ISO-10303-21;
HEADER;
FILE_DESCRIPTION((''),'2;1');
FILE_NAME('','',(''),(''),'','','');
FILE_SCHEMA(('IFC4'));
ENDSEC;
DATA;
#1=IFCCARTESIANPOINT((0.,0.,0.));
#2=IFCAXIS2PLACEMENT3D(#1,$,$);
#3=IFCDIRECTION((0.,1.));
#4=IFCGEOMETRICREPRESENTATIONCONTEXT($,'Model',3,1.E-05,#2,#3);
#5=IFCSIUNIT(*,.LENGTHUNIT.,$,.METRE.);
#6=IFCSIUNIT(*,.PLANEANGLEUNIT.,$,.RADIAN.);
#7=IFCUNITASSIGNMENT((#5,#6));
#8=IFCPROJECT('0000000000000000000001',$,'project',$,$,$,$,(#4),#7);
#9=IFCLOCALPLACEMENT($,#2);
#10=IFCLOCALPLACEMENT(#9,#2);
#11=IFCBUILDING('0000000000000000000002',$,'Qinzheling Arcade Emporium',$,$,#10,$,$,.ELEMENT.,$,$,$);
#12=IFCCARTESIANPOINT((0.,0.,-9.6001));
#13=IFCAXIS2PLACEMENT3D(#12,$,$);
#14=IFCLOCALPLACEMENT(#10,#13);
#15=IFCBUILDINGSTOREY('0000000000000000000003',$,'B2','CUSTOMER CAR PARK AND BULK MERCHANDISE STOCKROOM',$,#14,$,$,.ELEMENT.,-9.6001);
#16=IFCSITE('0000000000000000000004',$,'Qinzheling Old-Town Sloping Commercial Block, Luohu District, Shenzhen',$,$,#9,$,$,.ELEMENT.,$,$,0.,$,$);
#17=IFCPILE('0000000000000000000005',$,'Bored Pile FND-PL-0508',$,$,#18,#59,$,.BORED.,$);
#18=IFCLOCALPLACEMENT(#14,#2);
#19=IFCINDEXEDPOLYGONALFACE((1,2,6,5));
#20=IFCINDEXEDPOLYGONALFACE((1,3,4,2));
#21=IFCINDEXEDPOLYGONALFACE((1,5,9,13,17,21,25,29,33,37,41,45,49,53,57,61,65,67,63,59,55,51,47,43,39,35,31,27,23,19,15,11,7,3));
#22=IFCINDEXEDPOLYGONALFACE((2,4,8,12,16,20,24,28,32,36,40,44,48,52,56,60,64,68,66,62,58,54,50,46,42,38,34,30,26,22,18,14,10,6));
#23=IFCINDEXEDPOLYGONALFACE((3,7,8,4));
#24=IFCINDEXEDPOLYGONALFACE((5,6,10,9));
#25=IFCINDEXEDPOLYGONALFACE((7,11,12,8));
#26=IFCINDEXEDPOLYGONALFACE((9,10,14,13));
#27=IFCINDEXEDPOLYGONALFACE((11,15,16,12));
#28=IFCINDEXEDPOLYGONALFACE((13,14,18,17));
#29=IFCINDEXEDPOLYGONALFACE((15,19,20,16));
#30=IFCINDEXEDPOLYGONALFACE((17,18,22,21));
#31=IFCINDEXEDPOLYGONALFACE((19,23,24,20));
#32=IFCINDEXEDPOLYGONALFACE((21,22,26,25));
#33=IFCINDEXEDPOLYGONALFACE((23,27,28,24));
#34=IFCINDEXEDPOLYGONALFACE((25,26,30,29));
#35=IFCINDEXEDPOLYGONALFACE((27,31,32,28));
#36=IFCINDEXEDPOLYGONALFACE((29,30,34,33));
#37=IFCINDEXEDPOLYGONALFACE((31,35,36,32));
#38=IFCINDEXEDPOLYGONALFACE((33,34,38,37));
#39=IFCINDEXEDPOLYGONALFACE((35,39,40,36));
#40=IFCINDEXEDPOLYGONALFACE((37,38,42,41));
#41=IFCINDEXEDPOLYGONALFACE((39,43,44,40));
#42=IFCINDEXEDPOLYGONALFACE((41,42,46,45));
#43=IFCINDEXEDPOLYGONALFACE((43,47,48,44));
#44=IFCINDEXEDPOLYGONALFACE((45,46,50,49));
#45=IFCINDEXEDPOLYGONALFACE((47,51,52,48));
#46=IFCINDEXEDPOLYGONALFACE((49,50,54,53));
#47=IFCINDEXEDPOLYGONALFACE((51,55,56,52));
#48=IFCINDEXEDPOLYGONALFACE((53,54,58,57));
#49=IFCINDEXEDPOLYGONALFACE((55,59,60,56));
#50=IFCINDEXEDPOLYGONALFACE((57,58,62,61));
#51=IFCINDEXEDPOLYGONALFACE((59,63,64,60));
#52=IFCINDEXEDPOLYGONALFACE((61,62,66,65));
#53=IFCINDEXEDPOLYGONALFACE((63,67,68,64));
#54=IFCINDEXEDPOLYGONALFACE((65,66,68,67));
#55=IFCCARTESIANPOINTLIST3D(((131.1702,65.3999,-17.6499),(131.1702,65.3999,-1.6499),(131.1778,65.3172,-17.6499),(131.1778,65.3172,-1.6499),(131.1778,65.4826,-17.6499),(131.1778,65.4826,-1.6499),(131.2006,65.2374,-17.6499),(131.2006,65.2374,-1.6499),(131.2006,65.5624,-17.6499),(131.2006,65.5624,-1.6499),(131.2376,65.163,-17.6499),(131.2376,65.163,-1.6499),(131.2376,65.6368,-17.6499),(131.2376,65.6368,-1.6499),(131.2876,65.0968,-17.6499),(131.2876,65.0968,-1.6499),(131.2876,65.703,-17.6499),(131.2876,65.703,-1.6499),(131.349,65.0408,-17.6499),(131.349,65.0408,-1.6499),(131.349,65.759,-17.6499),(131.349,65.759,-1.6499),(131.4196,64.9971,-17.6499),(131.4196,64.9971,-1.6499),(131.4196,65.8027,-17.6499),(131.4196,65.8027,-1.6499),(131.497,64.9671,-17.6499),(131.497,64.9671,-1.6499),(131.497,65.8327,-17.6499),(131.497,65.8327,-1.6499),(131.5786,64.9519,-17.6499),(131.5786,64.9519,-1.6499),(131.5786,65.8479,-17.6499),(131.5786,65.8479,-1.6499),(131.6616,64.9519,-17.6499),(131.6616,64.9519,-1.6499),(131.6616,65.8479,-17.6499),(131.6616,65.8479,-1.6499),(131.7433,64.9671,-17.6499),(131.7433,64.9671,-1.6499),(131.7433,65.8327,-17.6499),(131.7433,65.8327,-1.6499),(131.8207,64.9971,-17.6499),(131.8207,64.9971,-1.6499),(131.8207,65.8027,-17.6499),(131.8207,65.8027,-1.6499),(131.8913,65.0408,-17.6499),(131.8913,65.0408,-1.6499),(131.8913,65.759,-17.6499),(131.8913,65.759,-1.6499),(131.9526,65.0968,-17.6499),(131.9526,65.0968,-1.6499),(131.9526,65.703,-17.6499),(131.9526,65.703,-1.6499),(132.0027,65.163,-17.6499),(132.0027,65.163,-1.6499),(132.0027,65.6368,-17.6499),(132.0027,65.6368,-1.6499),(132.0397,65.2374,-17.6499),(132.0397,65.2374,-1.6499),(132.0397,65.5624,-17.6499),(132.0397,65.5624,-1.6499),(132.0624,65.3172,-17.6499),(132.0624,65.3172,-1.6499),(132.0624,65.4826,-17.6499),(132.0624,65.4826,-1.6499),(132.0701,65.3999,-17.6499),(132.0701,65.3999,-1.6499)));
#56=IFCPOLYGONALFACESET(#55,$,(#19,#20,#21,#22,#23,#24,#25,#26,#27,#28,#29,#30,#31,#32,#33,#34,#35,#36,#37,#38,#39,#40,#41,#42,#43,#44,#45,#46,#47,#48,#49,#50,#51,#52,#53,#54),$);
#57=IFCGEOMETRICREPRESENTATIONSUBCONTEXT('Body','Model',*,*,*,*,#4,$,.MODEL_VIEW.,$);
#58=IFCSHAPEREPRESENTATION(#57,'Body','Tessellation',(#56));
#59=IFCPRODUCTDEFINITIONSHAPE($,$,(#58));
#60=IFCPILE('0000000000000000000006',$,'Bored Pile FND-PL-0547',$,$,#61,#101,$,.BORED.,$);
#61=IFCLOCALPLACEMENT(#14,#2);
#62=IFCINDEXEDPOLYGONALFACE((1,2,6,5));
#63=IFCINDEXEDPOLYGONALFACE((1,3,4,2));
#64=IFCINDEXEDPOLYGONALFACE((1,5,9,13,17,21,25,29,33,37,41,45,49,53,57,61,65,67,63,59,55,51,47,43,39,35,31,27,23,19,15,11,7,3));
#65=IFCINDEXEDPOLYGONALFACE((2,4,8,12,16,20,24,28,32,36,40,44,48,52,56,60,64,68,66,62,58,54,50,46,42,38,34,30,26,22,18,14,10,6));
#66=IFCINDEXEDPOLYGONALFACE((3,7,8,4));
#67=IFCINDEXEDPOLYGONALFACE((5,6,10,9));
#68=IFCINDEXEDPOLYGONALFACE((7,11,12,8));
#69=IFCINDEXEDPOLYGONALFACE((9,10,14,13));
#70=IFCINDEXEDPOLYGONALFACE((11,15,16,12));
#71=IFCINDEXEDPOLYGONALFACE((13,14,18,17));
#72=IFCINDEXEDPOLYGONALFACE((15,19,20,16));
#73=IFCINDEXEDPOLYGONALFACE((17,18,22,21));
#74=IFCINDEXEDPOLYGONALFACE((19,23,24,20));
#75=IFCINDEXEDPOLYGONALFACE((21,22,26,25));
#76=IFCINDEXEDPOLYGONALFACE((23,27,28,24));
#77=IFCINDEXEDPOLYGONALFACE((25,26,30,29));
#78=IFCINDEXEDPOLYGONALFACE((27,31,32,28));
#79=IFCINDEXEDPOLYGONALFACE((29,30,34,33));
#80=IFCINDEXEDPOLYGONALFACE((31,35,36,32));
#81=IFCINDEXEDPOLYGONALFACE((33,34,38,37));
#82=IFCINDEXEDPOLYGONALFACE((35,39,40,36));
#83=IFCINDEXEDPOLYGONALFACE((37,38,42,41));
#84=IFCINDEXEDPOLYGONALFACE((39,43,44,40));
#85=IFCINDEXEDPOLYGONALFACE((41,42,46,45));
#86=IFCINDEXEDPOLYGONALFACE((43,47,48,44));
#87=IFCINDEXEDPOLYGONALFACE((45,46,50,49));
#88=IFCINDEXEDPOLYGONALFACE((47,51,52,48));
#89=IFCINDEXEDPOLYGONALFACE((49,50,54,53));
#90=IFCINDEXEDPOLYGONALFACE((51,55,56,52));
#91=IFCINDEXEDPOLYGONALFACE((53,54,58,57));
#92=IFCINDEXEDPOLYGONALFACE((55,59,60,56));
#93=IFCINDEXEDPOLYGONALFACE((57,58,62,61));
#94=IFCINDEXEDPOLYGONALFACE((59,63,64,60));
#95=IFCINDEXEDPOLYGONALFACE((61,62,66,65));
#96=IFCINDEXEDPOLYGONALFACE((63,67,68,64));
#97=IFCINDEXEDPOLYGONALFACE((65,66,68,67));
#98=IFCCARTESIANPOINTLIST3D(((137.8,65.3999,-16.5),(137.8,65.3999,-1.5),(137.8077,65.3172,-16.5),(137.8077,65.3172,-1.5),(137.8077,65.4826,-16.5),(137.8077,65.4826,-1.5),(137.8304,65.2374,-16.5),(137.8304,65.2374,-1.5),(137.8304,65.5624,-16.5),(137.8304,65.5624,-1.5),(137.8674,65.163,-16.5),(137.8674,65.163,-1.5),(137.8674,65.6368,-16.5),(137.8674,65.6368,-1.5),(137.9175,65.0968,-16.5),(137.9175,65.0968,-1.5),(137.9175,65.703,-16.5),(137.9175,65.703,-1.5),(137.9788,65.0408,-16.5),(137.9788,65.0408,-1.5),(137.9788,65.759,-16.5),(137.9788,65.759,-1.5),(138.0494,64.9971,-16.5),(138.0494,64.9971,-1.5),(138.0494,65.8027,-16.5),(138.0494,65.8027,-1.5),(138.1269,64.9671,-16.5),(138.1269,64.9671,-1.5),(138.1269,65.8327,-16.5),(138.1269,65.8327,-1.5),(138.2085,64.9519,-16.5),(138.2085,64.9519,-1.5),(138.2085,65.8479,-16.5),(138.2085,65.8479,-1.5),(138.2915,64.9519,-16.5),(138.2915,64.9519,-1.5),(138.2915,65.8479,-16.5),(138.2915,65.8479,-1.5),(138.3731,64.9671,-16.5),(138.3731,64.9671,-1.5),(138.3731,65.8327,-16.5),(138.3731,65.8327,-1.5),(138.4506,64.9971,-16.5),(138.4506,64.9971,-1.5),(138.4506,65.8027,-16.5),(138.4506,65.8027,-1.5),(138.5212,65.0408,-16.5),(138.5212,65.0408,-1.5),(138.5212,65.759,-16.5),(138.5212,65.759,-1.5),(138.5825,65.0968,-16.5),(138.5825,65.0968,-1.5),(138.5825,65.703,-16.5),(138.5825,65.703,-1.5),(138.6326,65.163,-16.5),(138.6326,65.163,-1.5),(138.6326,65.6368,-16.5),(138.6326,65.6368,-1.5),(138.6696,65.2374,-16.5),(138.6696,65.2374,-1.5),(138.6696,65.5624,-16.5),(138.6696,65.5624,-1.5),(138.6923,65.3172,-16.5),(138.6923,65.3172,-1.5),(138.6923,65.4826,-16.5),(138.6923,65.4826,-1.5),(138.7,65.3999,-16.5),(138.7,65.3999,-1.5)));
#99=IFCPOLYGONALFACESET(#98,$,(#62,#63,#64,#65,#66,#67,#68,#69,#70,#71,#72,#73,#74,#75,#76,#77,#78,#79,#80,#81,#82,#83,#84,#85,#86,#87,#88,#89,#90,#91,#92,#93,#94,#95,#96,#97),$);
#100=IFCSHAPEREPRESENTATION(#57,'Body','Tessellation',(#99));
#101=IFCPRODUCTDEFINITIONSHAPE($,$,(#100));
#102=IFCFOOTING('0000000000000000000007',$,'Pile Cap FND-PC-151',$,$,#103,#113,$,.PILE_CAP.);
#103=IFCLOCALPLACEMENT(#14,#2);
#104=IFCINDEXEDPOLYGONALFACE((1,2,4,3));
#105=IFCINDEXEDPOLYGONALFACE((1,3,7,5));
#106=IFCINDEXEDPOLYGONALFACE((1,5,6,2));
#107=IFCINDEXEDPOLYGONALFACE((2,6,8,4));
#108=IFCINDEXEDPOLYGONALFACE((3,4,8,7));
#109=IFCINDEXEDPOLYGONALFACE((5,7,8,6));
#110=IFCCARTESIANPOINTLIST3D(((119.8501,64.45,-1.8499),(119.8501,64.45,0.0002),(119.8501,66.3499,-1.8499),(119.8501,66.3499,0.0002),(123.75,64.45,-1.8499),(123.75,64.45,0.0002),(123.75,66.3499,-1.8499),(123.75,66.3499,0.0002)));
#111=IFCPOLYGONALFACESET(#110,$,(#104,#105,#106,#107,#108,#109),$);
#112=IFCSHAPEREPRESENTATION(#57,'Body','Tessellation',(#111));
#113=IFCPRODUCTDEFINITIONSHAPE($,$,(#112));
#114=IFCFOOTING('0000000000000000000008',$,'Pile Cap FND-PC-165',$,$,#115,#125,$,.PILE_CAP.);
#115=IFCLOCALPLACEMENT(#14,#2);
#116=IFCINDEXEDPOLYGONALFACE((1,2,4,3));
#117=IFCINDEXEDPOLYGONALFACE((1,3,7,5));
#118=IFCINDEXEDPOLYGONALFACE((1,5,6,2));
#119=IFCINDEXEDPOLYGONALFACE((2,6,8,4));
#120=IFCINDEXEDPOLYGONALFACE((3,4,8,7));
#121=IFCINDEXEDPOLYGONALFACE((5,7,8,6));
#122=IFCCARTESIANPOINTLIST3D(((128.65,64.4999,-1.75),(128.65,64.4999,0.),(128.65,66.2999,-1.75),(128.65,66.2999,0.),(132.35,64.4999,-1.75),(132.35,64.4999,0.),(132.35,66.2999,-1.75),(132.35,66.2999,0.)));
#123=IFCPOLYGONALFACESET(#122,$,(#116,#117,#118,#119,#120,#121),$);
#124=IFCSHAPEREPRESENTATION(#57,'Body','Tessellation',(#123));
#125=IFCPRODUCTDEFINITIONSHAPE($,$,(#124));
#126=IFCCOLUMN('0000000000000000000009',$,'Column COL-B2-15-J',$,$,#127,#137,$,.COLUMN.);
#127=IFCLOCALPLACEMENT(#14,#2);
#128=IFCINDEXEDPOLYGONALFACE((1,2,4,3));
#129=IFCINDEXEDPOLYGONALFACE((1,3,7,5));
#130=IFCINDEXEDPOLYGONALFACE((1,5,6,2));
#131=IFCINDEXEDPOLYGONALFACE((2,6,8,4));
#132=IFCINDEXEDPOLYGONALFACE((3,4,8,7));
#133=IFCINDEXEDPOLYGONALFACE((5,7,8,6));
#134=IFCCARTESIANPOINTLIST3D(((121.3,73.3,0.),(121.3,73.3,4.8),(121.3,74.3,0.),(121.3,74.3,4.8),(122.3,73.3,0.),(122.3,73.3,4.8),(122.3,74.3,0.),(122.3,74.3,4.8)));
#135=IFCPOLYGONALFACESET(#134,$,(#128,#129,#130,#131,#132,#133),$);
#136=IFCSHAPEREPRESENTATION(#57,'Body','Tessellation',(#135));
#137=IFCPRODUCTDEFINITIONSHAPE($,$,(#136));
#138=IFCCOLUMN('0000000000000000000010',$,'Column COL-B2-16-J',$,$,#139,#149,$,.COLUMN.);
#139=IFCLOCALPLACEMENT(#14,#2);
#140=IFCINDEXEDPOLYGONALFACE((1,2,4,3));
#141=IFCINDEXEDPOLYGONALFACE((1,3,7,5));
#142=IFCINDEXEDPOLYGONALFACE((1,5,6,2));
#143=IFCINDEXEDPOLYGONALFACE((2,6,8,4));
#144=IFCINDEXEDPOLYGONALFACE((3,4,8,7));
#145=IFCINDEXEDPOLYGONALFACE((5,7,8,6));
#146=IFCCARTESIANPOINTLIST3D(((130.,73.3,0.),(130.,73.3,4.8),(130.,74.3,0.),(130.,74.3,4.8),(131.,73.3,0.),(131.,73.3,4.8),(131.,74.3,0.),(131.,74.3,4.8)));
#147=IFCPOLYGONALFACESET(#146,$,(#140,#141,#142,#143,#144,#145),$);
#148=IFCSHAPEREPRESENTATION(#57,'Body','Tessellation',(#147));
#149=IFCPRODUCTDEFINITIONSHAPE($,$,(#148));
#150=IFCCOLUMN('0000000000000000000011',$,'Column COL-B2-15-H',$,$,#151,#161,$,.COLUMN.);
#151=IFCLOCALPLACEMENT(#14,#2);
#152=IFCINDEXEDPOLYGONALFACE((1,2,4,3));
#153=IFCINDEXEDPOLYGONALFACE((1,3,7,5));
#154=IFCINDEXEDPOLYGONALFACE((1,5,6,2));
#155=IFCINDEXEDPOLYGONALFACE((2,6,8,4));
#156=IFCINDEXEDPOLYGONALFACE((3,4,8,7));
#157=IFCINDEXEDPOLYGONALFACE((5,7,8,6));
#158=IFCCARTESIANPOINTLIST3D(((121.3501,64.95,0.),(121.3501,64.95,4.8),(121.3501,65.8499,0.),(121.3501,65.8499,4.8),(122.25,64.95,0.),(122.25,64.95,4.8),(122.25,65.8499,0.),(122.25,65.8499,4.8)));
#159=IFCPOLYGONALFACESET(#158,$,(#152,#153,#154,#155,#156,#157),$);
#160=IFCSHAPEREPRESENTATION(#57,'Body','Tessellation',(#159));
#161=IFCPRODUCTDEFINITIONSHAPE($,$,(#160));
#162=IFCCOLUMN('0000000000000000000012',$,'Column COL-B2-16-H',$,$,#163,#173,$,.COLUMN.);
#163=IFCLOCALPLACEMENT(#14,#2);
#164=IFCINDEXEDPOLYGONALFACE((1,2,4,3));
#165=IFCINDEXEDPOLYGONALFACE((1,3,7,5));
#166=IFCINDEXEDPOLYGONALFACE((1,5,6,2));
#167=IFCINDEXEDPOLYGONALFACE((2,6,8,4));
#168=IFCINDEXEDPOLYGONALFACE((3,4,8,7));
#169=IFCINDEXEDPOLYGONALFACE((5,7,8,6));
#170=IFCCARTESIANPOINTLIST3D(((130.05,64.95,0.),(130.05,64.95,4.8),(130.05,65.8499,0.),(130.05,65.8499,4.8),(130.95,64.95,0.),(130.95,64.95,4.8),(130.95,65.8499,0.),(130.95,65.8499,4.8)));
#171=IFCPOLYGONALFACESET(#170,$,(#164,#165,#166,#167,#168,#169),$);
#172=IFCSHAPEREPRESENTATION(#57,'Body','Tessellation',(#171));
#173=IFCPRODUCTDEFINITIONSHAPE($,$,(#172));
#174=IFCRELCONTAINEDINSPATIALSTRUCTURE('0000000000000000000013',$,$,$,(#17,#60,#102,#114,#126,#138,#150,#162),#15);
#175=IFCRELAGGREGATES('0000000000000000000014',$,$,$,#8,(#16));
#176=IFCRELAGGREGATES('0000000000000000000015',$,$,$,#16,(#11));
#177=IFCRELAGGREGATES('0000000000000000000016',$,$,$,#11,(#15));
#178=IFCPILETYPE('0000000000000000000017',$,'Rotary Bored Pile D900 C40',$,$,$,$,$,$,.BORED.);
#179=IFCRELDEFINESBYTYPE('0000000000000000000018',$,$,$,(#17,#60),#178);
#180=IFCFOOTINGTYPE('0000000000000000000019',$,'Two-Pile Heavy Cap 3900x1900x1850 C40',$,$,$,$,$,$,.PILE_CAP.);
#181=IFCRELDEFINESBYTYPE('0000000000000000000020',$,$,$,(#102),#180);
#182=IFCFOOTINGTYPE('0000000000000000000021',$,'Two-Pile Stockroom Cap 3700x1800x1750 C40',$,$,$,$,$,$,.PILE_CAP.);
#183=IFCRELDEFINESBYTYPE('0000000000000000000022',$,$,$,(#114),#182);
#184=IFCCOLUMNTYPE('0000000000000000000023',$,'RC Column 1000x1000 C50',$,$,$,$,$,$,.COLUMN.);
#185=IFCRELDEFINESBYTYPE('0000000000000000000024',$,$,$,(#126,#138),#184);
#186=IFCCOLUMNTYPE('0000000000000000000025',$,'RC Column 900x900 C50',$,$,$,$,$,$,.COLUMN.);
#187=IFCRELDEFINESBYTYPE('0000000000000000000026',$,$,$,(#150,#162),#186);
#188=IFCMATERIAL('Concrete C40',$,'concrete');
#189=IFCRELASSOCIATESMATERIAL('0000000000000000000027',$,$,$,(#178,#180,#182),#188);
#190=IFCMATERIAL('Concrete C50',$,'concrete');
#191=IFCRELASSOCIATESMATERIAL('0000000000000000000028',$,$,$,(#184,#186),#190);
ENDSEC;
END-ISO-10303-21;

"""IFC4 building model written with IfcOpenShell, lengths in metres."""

from ifc_helpers import new_model, si_unit, direction, frame, origin, origin_2d, place, context, subcontext, project, spatial, rectangle, circle, extrude, material, material_profile, profile_set, type_object, element, save


model = new_model("IFC4")

# Units and contexts
model_context = context("Model", 3, precision=1e-05, world=origin(), true_north=direction((0.0, 1.0)))
body_context = subcontext(model_context, "Body", "Model", "MODEL_VIEW")
ifc_project = project(units=[si_unit("LENGTHUNIT", "METRE"), si_unit("PLANEANGLEUNIT", "RADIAN")], contexts=[model_context])

# Site, building, storey
site_placement = place(None, origin())
site = spatial("IfcSite", under=ifc_project, at=site_placement, Name="Qinzheling Old-Town Sloping Commercial Block, Luohu District, Shenzhen", CompositionType="ELEMENT", RefElevation=0.0)
building_placement = place(site_placement, origin())
building = spatial("IfcBuilding", under=site, at=building_placement, Name="Qinzheling Arcade Emporium", CompositionType="ELEMENT")
storey_placement = place(building_placement, frame((0.0, 0.0, -9.6001)))
storey = spatial("IfcBuildingStorey", under=building, at=storey_placement, Name="B2", Description="CUSTOMER CAR PARK AND BULK MERCHANDISE STOCKROOM", CompositionType="ELEMENT", Elevation=-9.6001)

# Shared definitions
ifc_material_1 = material(Name="Concrete C40", Category="concrete")

# Piles
ifc_material_profile_1 = material_profile(ifc_material_1, circle(Radius=0.45, at=origin_2d()), Name="BORED D900", Category="concrete")
ifc_profile_set_1 = profile_set([ifc_material_profile_1], Name="Concrete C40")
pile_type_1 = type_object("IfcPileType", Name="Rotary Bored Pile D900 C40", PredefinedType="BORED", material=ifc_profile_set_1)
for number, where, z_axis, x_axis, name in (
    (1, (131.6201, 65.3999, -1.6499), (0.0, 0.0, -1.0), (1.0, 0.0, 0.0), "Bored Pile FND-PL-0508"),
):
    element("IfcPile", number, at=place(storey_placement, frame(where, z_axis=z_axis, x_axis=x_axis)), inside=storey, type_object=pile_type_1, Name=name, PredefinedType="BORED", context=body_context, shape_type="SweptSolid", body=[
        extrude(circle(Radius=0.45, at=origin_2d()), origin(), (0.0, 0.0, 1.0), 16.0),
    ])
pile_1_placement = place(storey_placement, frame((138.25, 65.3999, -1.5), z_axis=(0.0, 0.0, -1.0), x_axis=(1.0, 0.0, 0.0)))
element("IfcPile", 2, at=pile_1_placement, inside=storey, type_object=pile_type_1, Name="Bored Pile FND-PL-0547", PredefinedType="BORED", context=body_context, shape_type="SweptSolid", body=[
    extrude(circle(Radius=0.45, at=origin_2d()), origin(), (0.0, 0.0, 1.0), 15.0),
])

# Footings
footing_type_1 = type_object("IfcFootingType", Name="Two-Pile Heavy Cap 3900x1900x1850 C40", PredefinedType="PILE_CAP", material=ifc_material_1)
footing_1_placement = place(storey_placement, frame((121.8, 65.3999, -1.8499), z_axis=(0.0, 0.0, 1.0), x_axis=(1.0, 0.0, 0.0)))
element("IfcFooting", 3, at=footing_1_placement, inside=storey, type_object=footing_type_1, Name="Pile Cap FND-PC-151", PredefinedType="PILE_CAP", context=body_context, shape_type="SweptSolid", body=[
    extrude(rectangle(XDim=3.8999, YDim=1.8999, at=origin_2d()), origin(), (0.0, 0.0, 1.0), 1.8501),
])
footing_type_2 = type_object("IfcFootingType", Name="Two-Pile Stockroom Cap 3700x1800x1750 C40", PredefinedType="PILE_CAP", material=ifc_material_1)
footing_2_placement = place(storey_placement, frame((130.5, 65.3999, -1.75), z_axis=(0.0, 0.0, 1.0), x_axis=(1.0, 0.0, 0.0)))
element("IfcFooting", 4, at=footing_2_placement, inside=storey, type_object=footing_type_2, Name="Pile Cap FND-PC-165", PredefinedType="PILE_CAP", context=body_context, shape_type="SweptSolid", body=[
    extrude(rectangle(XDim=3.7, YDim=1.8, at=origin_2d()), origin(), (0.0, 0.0, 1.0), 1.75),
])

# Columns
ifc_material_2 = material(Name="Concrete C50", Category="concrete")
ifc_material_profile_2 = material_profile(ifc_material_2, rectangle(XDim=1.0, YDim=1.0, at=origin_2d()), Name="RC 1000x1000", Category="concrete")
ifc_profile_set_2 = profile_set([ifc_material_profile_2], Name="Concrete C50")
column_type_1 = type_object("IfcColumnType", Name="RC Column 1000x1000 C50", PredefinedType="COLUMN", material=ifc_profile_set_2)
for number, where, z_axis, x_axis, name in (
    (5, (121.8, 73.8, 0.0), (0.0, 0.0, 1.0), (1.0, 0.0, 0.0), "Column COL-B2-15-J"),
    (6, (130.5, 73.8, 0.0), (0.0, 0.0, 1.0), (1.0, 0.0, 0.0), "Column COL-B2-16-J"),
):
    element("IfcColumn", number, at=place(storey_placement, frame(where, z_axis=z_axis, x_axis=x_axis)), inside=storey, type_object=column_type_1, Name=name, PredefinedType="COLUMN", context=body_context, shape_type="SweptSolid", body=[
        extrude(rectangle(XDim=1.0, YDim=1.0, at=origin_2d()), origin(), (0.0, 0.0, 1.0), 4.8),
    ])
ifc_material_profile_3 = material_profile(ifc_material_2, rectangle(XDim=0.8999, YDim=0.8999, at=origin_2d()), Name="RC 900x900", Category="concrete")
ifc_profile_set_3 = profile_set([ifc_material_profile_3], Name="Concrete C50")
column_type_2 = type_object("IfcColumnType", Name="RC Column 900x900 C50", PredefinedType="COLUMN", material=ifc_profile_set_3)
for number, where, z_axis, x_axis, name in (
    (7, (121.8, 65.3999, 0.0), (0.0, 0.0, 1.0), (1.0, 0.0, 0.0), "Column COL-B2-15-H"),
    (8, (130.5, 65.3999, 0.0), (0.0, 0.0, 1.0), (1.0, 0.0, 0.0), "Column COL-B2-16-H"),
):
    element("IfcColumn", number, at=place(storey_placement, frame(where, z_axis=z_axis, x_axis=x_axis)), inside=storey, type_object=column_type_2, Name=name, PredefinedType="COLUMN", context=body_context, shape_type="SweptSolid", body=[
        extrude(rectangle(XDim=0.8999, YDim=0.8999, at=origin_2d()), origin(), (0.0, 0.0, 1.0), 4.8),
    ])

save(model, "model.ifc")
